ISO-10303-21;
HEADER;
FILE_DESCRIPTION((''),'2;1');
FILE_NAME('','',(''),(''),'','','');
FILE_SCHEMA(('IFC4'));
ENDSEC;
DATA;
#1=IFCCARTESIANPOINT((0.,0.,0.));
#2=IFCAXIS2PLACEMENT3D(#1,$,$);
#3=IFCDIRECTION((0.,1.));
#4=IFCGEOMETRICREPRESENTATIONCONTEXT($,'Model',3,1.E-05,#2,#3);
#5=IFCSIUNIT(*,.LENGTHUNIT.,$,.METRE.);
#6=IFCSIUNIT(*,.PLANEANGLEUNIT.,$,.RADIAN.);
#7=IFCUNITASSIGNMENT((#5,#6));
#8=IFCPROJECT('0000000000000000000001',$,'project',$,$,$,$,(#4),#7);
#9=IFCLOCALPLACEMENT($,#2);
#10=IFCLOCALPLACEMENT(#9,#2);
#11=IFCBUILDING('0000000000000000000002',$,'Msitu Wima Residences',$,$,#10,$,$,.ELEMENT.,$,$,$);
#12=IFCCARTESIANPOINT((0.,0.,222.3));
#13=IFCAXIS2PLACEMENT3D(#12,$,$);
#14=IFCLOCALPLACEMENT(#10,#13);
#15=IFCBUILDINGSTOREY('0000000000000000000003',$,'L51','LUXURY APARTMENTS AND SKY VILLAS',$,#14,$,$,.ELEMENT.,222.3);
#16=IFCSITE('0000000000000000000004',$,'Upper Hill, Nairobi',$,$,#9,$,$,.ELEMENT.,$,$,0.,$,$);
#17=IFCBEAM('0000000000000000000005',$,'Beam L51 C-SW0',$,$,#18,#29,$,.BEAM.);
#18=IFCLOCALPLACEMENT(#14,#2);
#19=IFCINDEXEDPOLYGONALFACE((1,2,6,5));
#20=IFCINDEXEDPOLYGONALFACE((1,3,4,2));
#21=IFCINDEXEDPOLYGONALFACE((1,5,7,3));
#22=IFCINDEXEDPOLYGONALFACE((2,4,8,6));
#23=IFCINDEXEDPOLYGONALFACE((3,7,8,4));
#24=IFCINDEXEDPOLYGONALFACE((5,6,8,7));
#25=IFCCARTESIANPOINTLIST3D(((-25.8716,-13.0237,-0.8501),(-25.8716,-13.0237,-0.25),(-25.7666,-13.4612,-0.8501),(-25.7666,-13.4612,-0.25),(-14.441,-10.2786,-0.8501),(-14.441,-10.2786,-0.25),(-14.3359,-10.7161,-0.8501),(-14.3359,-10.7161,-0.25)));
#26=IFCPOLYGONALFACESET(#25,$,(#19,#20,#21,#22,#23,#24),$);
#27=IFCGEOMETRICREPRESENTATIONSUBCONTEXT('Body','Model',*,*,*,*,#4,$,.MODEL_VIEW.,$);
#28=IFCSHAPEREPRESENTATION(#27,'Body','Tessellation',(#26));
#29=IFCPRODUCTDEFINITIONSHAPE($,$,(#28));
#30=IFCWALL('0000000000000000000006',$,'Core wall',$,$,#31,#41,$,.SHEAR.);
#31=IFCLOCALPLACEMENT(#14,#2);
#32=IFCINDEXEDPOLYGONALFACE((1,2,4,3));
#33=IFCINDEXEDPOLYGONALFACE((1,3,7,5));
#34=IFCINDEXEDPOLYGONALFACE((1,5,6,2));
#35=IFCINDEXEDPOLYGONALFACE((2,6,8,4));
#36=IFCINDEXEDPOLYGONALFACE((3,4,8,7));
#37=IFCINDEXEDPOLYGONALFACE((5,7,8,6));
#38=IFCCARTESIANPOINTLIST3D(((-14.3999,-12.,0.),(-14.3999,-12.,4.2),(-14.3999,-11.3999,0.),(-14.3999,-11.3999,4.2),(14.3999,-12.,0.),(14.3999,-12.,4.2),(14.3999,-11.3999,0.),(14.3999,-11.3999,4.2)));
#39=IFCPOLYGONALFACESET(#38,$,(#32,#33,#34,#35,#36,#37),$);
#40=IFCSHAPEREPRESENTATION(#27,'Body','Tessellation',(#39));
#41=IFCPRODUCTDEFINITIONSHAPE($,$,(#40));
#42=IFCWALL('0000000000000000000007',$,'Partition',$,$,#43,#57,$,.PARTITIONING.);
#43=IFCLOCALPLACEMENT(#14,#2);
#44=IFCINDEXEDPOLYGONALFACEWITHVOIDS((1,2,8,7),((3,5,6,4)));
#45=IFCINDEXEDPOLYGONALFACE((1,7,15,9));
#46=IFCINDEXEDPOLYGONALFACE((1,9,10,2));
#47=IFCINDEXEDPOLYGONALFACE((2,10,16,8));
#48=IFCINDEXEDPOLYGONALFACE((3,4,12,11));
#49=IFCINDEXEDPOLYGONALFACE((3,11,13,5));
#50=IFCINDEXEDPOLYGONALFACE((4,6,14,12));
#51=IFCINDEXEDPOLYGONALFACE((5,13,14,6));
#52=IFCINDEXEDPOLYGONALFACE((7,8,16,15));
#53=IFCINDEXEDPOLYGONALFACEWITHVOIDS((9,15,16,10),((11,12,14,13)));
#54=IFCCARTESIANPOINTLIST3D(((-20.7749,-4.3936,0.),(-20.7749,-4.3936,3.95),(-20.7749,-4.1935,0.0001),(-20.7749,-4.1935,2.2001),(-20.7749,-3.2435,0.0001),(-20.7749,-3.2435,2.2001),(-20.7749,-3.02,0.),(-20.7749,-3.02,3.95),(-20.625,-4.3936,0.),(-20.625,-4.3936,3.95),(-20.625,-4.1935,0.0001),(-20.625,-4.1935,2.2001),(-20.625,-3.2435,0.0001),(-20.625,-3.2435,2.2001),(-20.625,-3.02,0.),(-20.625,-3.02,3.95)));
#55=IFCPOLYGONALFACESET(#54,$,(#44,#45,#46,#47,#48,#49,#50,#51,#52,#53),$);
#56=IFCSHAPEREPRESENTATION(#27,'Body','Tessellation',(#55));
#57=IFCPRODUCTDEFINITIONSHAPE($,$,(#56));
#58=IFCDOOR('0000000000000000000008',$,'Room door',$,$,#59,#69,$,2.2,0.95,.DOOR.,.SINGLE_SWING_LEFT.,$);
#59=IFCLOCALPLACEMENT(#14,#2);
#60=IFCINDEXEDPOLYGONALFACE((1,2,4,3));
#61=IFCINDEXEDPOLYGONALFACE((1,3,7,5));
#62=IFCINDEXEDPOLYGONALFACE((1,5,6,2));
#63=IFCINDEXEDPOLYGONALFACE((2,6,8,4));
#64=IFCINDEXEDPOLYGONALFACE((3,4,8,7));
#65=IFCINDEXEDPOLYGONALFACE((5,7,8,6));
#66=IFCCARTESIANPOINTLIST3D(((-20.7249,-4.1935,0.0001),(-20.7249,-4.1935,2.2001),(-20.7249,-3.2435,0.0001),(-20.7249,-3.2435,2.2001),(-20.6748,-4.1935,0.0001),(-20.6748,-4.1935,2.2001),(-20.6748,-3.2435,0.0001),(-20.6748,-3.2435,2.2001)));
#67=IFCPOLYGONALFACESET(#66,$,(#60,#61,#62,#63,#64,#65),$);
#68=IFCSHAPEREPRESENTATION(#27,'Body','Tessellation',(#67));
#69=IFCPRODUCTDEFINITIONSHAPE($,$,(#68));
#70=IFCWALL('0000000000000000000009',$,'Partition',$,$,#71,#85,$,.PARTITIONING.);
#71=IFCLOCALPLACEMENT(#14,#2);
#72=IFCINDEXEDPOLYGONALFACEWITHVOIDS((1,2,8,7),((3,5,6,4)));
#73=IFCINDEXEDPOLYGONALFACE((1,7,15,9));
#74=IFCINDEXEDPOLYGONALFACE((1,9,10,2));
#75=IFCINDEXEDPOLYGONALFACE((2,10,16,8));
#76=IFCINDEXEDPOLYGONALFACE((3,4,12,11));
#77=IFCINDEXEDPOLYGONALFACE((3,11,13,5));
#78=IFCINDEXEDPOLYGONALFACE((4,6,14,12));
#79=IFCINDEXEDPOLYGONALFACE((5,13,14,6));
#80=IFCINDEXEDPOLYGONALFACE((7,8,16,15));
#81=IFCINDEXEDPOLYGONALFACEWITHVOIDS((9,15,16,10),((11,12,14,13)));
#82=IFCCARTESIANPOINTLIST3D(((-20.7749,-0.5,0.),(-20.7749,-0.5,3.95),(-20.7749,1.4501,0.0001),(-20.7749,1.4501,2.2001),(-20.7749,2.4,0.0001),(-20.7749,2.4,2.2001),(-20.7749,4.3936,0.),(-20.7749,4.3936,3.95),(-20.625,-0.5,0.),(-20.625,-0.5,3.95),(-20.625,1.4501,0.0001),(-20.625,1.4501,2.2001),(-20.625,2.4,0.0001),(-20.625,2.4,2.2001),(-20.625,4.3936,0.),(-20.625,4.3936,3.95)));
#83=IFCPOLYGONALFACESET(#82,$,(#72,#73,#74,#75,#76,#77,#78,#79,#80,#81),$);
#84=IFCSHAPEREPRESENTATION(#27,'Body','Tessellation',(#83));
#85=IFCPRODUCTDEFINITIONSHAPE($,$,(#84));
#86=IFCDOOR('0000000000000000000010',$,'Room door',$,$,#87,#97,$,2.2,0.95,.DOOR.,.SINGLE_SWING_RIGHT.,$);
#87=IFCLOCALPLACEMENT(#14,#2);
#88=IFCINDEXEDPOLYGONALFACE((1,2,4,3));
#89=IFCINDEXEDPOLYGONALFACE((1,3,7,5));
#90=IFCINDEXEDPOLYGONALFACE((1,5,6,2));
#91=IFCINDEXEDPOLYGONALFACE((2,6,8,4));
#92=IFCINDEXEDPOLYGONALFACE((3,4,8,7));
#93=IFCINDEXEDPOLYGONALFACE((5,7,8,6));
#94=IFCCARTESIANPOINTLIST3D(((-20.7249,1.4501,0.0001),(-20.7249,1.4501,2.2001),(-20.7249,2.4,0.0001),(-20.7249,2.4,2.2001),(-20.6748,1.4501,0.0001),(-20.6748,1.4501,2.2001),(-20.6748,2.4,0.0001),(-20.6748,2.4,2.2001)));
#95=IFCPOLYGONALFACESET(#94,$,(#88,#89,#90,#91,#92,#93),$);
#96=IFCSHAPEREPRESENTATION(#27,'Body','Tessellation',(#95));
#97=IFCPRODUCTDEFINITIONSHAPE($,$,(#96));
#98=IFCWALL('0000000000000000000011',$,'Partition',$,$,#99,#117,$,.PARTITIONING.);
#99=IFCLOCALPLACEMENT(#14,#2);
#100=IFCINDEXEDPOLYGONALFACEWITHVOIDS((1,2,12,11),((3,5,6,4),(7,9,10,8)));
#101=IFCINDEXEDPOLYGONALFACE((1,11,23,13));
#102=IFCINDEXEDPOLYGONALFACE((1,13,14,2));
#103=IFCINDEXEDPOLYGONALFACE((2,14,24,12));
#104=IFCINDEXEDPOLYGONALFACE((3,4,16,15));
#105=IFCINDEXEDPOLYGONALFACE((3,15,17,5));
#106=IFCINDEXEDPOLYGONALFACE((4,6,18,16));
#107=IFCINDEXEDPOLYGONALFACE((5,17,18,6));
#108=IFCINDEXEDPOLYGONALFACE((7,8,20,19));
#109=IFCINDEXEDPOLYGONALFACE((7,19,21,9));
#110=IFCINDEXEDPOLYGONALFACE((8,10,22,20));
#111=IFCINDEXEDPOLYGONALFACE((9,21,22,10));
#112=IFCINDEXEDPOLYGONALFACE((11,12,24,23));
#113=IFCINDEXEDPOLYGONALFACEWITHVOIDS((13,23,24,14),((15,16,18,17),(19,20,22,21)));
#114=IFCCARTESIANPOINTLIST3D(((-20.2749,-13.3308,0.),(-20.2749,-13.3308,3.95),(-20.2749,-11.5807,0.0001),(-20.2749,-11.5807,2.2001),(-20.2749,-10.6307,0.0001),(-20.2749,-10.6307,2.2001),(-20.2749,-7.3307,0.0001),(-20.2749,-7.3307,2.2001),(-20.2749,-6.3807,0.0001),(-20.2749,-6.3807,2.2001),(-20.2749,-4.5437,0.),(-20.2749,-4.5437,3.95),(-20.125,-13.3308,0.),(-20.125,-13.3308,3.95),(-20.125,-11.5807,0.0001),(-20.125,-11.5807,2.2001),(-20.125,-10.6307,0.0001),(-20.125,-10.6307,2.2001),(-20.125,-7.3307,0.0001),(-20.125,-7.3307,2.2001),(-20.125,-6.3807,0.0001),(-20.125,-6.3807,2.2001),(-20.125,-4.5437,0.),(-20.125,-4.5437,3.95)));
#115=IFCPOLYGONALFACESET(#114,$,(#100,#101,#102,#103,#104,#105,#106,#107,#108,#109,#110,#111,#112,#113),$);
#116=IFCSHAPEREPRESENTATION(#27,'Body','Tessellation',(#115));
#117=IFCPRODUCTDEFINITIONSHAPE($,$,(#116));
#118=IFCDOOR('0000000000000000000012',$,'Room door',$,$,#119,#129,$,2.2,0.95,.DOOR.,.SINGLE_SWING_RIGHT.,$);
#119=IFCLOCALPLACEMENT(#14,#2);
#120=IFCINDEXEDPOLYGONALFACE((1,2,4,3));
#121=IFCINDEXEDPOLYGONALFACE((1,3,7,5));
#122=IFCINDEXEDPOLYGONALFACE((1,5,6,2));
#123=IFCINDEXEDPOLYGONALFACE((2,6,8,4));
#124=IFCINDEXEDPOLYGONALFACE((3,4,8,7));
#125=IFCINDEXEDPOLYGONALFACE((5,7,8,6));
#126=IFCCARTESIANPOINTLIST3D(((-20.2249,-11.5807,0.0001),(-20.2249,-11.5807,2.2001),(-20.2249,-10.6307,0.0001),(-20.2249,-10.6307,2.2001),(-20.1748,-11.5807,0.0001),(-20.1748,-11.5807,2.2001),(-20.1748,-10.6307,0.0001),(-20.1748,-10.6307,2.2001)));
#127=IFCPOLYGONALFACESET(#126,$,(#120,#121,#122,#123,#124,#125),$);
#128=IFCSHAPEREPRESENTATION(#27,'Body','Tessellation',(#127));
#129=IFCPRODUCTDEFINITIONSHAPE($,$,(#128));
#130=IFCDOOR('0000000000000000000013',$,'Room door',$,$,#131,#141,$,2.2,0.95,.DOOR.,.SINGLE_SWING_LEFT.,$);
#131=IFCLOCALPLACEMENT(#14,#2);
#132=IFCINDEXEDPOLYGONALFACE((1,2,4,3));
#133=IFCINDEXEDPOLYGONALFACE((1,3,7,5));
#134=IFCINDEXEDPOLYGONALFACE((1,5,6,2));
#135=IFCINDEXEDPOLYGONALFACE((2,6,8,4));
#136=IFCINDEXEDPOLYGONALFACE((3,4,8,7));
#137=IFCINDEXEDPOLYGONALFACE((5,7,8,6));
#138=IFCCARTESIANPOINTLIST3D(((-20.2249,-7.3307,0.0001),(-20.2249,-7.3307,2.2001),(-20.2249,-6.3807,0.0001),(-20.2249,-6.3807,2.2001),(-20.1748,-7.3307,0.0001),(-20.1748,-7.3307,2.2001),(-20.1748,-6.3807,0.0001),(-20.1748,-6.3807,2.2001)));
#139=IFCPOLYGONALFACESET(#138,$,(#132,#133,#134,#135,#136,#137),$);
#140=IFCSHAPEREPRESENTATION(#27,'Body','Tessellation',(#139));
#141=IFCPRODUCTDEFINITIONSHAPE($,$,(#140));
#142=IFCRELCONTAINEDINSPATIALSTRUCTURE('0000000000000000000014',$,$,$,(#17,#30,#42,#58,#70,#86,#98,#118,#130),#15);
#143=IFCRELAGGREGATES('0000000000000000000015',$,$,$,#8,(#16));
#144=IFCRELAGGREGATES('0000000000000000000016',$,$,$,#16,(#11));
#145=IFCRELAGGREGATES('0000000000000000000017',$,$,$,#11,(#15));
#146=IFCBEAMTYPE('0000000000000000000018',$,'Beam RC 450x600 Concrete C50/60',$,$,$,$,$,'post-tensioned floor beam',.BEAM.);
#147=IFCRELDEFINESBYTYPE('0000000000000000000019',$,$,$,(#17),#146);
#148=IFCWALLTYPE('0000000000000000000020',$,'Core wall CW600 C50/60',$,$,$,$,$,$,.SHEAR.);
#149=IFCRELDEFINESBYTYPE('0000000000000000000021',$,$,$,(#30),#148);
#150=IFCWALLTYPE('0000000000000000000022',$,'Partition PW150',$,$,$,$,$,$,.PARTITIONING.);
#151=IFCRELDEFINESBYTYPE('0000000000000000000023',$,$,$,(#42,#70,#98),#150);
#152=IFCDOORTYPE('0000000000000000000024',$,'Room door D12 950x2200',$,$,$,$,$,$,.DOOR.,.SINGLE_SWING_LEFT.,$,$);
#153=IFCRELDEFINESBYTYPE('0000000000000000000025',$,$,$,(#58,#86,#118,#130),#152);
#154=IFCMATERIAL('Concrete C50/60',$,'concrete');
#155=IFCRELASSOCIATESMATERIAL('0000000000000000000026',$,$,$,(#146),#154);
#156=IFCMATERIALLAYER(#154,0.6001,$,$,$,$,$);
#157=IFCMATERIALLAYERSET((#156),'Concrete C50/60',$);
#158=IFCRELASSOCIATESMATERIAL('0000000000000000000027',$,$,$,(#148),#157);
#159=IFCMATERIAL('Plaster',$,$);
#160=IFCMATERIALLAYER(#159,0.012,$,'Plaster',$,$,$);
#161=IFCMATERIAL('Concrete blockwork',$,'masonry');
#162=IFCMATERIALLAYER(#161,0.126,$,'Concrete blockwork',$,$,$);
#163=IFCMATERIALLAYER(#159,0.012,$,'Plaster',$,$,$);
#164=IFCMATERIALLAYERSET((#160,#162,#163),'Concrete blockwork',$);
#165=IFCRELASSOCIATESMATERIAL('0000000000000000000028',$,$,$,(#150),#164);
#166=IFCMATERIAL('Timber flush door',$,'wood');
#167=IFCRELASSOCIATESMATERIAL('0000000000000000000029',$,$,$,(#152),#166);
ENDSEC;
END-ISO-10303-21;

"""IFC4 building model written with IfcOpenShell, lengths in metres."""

from ifc_helpers import new_model, si_unit, direction, frame, frame_2d, origin, origin_2d, place, context, subcontext, project, spatial, rectangle, extrude, material, layer, layer_set, material_profile, profile_set, type_object, element, fill, save


model = new_model("IFC4")

# Units and contexts
model_context = context("Model", 3, precision=1e-05, world=origin(), true_north=direction((0.0, 1.0)))
body_context = subcontext(model_context, "Body", "Model", "MODEL_VIEW")
ifc_project = project(units=[si_unit("LENGTHUNIT", "METRE"), si_unit("PLANEANGLEUNIT", "RADIAN")], contexts=[model_context])

# Site, building, storey
site_placement = place(None, origin())
site = spatial("IfcSite", under=ifc_project, at=site_placement, Name="Upper Hill, Nairobi", CompositionType="ELEMENT", RefElevation=0.0)
building_placement = place(site_placement, origin())
building = spatial("IfcBuilding", under=site, at=building_placement, Name="Msitu Wima Residences", CompositionType="ELEMENT")
storey_placement = place(building_placement, frame((0.0, 0.0, 222.3)))
storey = spatial("IfcBuildingStorey", under=building, at=storey_placement, Name="L51", Description="LUXURY APARTMENTS AND SKY VILLAS", CompositionType="ELEMENT", Elevation=222.3)

# Beam
ifc_material_1 = material(Name="Concrete C50/60", Category="concrete")
ifc_material_profile = material_profile(ifc_material_1, rectangle(XDim=0.45, YDim=0.6001, at=origin_2d()), Name="RC 450x600")
ifc_profile_set = profile_set([ifc_material_profile], Name="Concrete C50/60")
beam_type = type_object("IfcBeamType", Name="Beam RC 450x600 Concrete C50/60", ElementType="post-tensioned floor beam", PredefinedType="BEAM", material=ifc_profile_set)
beam_placement = place(storey_placement, frame((-25.8191, -13.2424, -0.55), z_axis=(0.972353, 0.233514, 0.0), x_axis=(-0.233514, 0.972353, 0.0)))
element("IfcBeam", 1, at=beam_placement, inside=storey, type_object=beam_type, Name="Beam L51 C-SW0", PredefinedType="BEAM", context=body_context, shape_type="SweptSolid", body=[
    extrude(rectangle(XDim=0.45, YDim=0.6001, at=origin_2d()), origin(), (0.0, 0.0, 1.0), 11.7556),
])

# Wall
ifc_layer_1 = layer(ifc_material_1, 0.6001)
ifc_layer_set_1 = layer_set([ifc_layer_1], Name="Concrete C50/60")
wall_type_1 = type_object("IfcWallType", Name="Core wall CW600 C50/60", PredefinedType="SHEAR", material=ifc_layer_set_1)
wall_1_placement = place(storey_placement, frame((-14.3999, -11.7, 0.0), z_axis=(0.0, 0.0, 1.0), x_axis=(1.0, 0.0, 0.0)))
element("IfcWall", 2, at=wall_1_placement, inside=storey, type_object=wall_type_1, Name="Core wall", PredefinedType="SHEAR", context=body_context, shape_type="SweptSolid", body=[
    extrude(rectangle(XDim=28.7998, YDim=0.6001, at=frame_2d((14.3999, 0.0))), origin(), (0.0, 0.0, 1.0), 4.2),
])

# Walls, openings, doors
ifc_material_2 = material(Name="Plaster")
ifc_layer_2 = layer(ifc_material_2, 0.012, Name="Plaster")
ifc_material_3 = material(Name="Concrete blockwork", Category="masonry")
ifc_layer_3 = layer(ifc_material_3, 0.126, Name="Concrete blockwork")
ifc_layer_4 = layer(ifc_material_2, 0.012, Name="Plaster")
ifc_layer_set_2 = layer_set([ifc_layer_2, ifc_layer_3, ifc_layer_4], Name="Concrete blockwork")
wall_type_2 = type_object("IfcWallType", Name="Partition PW150", PredefinedType="PARTITIONING", material=ifc_layer_set_2)
wall_2_placement = place(storey_placement, frame((-20.7, -4.3936, 0.0), z_axis=(0.0, 0.0, 1.0), x_axis=(0.0, 1.0, 0.0)))
wall_2 = element("IfcWall", 3, at=wall_2_placement, inside=storey, type_object=wall_type_2, Name="Partition", PredefinedType="PARTITIONING", context=body_context, shape_type="SweptSolid", body=[
    extrude(rectangle(XDim=1.3735, YDim=0.1499, at=frame_2d((0.6868, 0.0))), origin(), (0.0, 0.0, 1.0), 3.95),
])
opening_1_placement = place(wall_2_placement, frame((0.2, 0.0, 0.0)))
opening_1 = element("IfcOpeningElement", 4, at=opening_1_placement, cuts=wall_2, PredefinedType="OPENING", context=body_context, shape_type="SweptSolid", body=[
    extrude(rectangle(XDim=0.95, YDim=2.2, at=frame_2d((0.4751, 1.1001))), frame((0.0, 0.085, 0.0), z_axis=(0.0, -1.0, 0.0), x_axis=(1.0, 0.0, 0.0)), (0.0, 0.0, 1.0), 0.1699),
])
ifc_material_4 = material(Name="Timber flush door", Category="wood")
door_type_1 = type_object("IfcDoorType", Name="Room door D12 950x2200", OperationType="SINGLE_SWING_LEFT", PredefinedType="DOOR", material=ifc_material_4)
door_1_placement = place(opening_1_placement, origin())
door_1 = element("IfcDoor", 5, at=door_1_placement, inside=storey, type_object=door_type_1, Name="Room door", OperationType="SINGLE_SWING_LEFT", OverallHeight=2.2, OverallWidth=0.95, PredefinedType="DOOR", context=body_context, shape_type="SweptSolid", body=[
    extrude(rectangle(XDim=0.95, YDim=2.2, at=frame_2d((0.4751, 1.1001))), frame((0.0, 0.0249, 0.0), z_axis=(0.0, -1.0, 0.0), x_axis=(1.0, 0.0, 0.0)), (0.0, 0.0, 1.0), 0.05),
])
fill(opening_1, door_1)
wall_3_placement = place(storey_placement, frame((-20.7, -0.5, 0.0), z_axis=(0.0, 0.0, 1.0), x_axis=(0.0, 1.0, 0.0)))
wall_3 = element("IfcWall", 6, at=wall_3_placement, inside=storey, type_object=wall_type_2, Name="Partition", PredefinedType="PARTITIONING", context=body_context, shape_type="SweptSolid", body=[
    extrude(rectangle(XDim=4.8936, YDim=0.1499, at=frame_2d((2.4468, 0.0))), origin(), (0.0, 0.0, 1.0), 3.95),
])
opening_2_placement = place(wall_3_placement, frame((1.95, 0.0, 0.0)))
opening_2 = element("IfcOpeningElement", 7, at=opening_2_placement, cuts=wall_3, PredefinedType="OPENING", context=body_context, shape_type="SweptSolid", body=[
    extrude(rectangle(XDim=0.95, YDim=2.2, at=frame_2d((0.4751, 1.1001))), frame((0.0, 0.085, 0.0), z_axis=(0.0, -1.0, 0.0), x_axis=(1.0, 0.0, 0.0)), (0.0, 0.0, 1.0), 0.1699),
])
door_2_placement = place(opening_2_placement, origin())
door_2 = element("IfcDoor", 8, at=door_2_placement, inside=storey, type_object=door_type_1, Name="Room door", OperationType="SINGLE_SWING_RIGHT", OverallHeight=2.2, OverallWidth=0.95, PredefinedType="DOOR", context=body_context, shape_type="SweptSolid", body=[
    extrude(rectangle(XDim=0.95, YDim=2.2, at=frame_2d((0.4751, 1.1001))), frame((0.0, 0.0249, 0.0), z_axis=(0.0, -1.0, 0.0), x_axis=(1.0, 0.0, 0.0)), (0.0, 0.0, 1.0), 0.05),
])
fill(opening_2, door_2)

# Wall, openings, doors
wall_4_placement = place(storey_placement, frame((-20.2, -13.3308, 0.0), z_axis=(0.0, 0.0, 1.0), x_axis=(0.0, 1.0, 0.0)))
wall_4 = element("IfcWall", 9, at=wall_4_placement, inside=storey, type_object=wall_type_2, Name="Partition", PredefinedType="PARTITIONING", context=body_context, shape_type="SweptSolid", body=[
    extrude(rectangle(XDim=8.7871, YDim=0.1499, at=frame_2d((4.3936, 0.0))), origin(), (0.0, 0.0, 1.0), 3.95),
])
opening_3_placement = place(wall_4_placement, frame((1.75, 0.0, 0.0)))
opening_3 = element("IfcOpeningElement", 10, at=opening_3_placement, cuts=wall_4, PredefinedType="OPENING", context=body_context, shape_type="SweptSolid", body=[
    extrude(rectangle(XDim=0.95, YDim=2.2, at=frame_2d((0.4751, 1.1001))), frame((0.0, 0.085, 0.0), z_axis=(0.0, -1.0, 0.0), x_axis=(1.0, 0.0, 0.0)), (0.0, 0.0, 1.0), 0.1699),
])
opening_4_placement = place(wall_4_placement, frame((6.0, 0.0, 0.0)))
opening_4 = element("IfcOpeningElement", 11, at=opening_4_placement, cuts=wall_4, PredefinedType="OPENING", context=body_context, shape_type="SweptSolid", body=[
    extrude(rectangle(XDim=0.95, YDim=2.2, at=frame_2d((0.4751, 1.1001))), frame((0.0, 0.085, 0.0), z_axis=(0.0, -1.0, 0.0), x_axis=(1.0, 0.0, 0.0)), (0.0, 0.0, 1.0), 0.1699),
])
door_3_placement = place(opening_3_placement, origin())
door_3 = element("IfcDoor", 12, at=door_3_placement, inside=storey, type_object=door_type_1, Name="Room door", OperationType="SINGLE_SWING_RIGHT", OverallHeight=2.2, OverallWidth=0.95, PredefinedType="DOOR", context=body_context, shape_type="SweptSolid", body=[
    extrude(rectangle(XDim=0.95, YDim=2.2, at=frame_2d((0.4751, 1.1001))), frame((0.0, 0.0249, 0.0), z_axis=(0.0, -1.0, 0.0), x_axis=(1.0, 0.0, 0.0)), (0.0, 0.0, 1.0), 0.05),
])
fill(opening_3, door_3)
door_4_placement = place(opening_4_placement, origin())
door_4 = element("IfcDoor", 13, at=door_4_placement, inside=storey, type_object=door_type_1, Name="Room door", OperationType="SINGLE_SWING_LEFT", OverallHeight=2.2, OverallWidth=0.95, PredefinedType="DOOR", context=body_context, shape_type="SweptSolid", body=[
    extrude(rectangle(XDim=0.95, YDim=2.2, at=frame_2d((0.4751, 1.1001))), frame((0.0, 0.0249, 0.0), z_axis=(0.0, -1.0, 0.0), x_axis=(1.0, 0.0, 0.0)), (0.0, 0.0, 1.0), 0.05),
])
fill(opening_4, door_4)

save(model, "model.ifc")
